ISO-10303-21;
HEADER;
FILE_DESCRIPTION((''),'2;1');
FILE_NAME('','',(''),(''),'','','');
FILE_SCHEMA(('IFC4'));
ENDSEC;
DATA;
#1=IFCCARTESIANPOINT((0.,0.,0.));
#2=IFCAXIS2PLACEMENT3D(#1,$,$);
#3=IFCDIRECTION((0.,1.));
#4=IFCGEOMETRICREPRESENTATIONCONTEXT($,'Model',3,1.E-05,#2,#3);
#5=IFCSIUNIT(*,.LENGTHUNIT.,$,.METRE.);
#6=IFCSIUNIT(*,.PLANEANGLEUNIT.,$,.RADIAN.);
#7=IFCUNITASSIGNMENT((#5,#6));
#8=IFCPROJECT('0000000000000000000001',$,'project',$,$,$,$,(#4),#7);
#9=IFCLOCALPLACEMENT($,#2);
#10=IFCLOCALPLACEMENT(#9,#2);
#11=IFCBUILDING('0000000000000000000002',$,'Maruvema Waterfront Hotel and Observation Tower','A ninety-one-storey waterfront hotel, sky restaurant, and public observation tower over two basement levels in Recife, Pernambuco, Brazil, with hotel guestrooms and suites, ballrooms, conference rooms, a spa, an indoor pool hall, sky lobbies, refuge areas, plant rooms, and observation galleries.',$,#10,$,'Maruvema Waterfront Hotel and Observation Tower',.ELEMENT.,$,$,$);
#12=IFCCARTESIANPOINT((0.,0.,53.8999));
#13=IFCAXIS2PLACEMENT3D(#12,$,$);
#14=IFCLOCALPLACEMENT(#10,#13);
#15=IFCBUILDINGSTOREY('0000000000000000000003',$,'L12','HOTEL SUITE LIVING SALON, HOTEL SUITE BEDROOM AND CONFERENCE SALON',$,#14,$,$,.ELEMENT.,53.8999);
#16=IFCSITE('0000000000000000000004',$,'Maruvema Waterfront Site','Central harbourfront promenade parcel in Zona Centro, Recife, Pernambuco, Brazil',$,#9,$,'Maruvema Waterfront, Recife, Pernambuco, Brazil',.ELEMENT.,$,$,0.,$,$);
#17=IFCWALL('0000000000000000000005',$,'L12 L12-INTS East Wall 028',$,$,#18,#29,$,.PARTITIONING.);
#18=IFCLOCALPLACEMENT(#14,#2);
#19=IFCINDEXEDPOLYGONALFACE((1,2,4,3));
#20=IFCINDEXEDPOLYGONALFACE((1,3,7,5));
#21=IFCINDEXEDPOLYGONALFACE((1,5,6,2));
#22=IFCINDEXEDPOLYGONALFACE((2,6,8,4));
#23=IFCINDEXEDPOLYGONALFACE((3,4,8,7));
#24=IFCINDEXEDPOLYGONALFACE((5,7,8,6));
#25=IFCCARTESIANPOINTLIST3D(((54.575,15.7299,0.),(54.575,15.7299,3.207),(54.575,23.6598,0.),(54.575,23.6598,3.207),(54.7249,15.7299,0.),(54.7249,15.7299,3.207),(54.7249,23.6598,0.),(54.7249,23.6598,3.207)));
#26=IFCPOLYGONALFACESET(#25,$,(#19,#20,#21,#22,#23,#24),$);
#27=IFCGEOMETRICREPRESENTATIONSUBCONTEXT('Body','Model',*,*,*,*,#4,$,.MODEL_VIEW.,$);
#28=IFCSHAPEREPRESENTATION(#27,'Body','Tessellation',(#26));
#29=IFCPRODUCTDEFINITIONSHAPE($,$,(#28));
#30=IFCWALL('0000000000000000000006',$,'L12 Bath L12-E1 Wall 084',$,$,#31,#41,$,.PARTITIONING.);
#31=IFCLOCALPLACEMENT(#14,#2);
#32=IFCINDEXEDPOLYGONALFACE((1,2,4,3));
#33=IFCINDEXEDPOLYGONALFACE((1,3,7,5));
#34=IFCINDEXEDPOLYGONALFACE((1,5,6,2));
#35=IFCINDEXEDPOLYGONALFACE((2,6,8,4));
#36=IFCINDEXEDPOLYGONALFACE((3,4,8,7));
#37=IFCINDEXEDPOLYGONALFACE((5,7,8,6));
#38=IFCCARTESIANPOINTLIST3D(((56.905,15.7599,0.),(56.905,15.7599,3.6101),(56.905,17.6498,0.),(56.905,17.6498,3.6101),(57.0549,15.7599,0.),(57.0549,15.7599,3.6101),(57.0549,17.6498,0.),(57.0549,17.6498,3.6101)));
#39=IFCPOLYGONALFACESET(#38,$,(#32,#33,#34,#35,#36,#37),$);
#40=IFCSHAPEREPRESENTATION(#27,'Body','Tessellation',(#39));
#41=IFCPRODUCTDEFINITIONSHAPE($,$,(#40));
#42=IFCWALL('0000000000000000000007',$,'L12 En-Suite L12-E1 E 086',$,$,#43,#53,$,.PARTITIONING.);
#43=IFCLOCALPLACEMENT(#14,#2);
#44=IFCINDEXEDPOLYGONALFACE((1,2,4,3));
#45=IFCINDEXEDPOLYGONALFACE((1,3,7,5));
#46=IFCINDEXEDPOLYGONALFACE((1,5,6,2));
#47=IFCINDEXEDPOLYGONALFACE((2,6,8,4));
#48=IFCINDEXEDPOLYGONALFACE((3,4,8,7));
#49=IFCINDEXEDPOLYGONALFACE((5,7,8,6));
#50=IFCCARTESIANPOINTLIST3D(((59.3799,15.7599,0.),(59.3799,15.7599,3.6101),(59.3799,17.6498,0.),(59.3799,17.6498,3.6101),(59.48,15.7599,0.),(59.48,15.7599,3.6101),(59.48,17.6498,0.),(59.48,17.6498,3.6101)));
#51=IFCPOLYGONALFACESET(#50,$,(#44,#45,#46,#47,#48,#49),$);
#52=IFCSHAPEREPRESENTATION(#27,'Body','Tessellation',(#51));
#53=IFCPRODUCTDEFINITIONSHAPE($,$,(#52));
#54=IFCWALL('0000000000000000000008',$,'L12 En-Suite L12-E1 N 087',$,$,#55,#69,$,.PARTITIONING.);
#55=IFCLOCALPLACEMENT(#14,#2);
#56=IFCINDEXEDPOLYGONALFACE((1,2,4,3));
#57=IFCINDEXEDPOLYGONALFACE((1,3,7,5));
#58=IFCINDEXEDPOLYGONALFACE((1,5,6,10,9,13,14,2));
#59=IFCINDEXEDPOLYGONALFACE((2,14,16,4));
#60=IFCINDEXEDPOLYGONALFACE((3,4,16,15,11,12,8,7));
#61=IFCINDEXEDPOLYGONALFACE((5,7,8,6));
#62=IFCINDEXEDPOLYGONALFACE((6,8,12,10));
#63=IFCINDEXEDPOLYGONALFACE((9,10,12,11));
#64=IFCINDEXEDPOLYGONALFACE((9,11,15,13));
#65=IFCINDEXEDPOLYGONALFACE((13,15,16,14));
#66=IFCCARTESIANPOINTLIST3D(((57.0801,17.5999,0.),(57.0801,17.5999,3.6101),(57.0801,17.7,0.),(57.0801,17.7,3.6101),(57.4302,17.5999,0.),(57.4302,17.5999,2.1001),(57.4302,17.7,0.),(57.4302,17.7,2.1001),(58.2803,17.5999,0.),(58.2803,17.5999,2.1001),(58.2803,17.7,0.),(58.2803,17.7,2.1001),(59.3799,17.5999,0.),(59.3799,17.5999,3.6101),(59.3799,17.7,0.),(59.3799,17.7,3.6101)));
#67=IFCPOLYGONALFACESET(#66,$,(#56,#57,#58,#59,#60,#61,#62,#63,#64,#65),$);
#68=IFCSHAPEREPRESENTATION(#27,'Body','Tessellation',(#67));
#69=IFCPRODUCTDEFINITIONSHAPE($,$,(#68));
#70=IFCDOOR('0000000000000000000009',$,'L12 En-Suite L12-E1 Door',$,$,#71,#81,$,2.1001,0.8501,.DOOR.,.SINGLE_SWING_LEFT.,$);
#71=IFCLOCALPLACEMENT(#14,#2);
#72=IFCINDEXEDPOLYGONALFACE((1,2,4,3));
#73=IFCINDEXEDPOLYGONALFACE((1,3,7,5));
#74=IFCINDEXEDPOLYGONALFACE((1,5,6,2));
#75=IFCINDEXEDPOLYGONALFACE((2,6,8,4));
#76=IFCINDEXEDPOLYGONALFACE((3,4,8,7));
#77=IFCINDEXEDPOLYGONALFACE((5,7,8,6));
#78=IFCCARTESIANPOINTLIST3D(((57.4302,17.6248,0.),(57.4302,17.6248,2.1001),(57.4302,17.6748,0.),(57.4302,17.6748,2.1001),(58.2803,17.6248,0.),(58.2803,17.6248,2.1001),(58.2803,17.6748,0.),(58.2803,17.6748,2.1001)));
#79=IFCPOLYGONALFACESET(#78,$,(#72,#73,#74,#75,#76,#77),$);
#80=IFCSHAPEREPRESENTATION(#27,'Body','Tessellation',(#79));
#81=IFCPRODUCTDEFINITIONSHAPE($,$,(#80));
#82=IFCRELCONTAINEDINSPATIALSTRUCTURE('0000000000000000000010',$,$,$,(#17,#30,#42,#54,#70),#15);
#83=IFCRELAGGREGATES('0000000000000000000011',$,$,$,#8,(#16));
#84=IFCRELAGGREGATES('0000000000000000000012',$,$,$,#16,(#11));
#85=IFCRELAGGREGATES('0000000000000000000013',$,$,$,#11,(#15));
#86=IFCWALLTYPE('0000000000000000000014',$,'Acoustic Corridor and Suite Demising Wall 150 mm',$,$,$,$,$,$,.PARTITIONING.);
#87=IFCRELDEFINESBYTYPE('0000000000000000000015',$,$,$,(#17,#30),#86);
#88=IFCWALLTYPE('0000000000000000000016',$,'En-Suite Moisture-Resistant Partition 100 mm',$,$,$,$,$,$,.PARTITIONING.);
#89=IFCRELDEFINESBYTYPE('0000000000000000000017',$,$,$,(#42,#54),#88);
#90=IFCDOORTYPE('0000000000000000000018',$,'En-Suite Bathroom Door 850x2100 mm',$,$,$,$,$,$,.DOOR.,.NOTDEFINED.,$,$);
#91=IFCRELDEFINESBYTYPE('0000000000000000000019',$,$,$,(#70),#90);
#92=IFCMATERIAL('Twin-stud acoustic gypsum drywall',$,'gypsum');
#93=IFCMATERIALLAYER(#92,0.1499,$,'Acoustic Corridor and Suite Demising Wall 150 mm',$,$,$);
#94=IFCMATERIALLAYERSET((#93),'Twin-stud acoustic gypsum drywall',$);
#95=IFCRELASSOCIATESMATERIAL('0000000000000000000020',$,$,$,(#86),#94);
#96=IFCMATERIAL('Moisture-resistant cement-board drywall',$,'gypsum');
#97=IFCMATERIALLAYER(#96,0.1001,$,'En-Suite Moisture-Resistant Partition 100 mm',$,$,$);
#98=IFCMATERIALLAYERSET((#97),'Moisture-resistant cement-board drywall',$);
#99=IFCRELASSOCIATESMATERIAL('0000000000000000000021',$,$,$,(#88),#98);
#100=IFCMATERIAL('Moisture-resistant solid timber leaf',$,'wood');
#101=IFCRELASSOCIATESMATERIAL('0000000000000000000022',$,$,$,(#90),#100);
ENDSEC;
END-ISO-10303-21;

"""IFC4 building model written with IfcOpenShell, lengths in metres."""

from ifc_helpers import new_model, si_unit, direction, frame, frame_2d, origin, place, context, subcontext, project, spatial, rectangle, extrude, material, layer, layer_set, type_object, element, fill, save


model = new_model("IFC4")

# Units and contexts
model_context = context("Model", 3, precision=1e-05, world=origin(), true_north=direction((0.0, 1.0)))
body_context = subcontext(model_context, "Body", "Model", "MODEL_VIEW")
ifc_project = project(units=[si_unit("LENGTHUNIT", "METRE"), si_unit("PLANEANGLEUNIT", "RADIAN")], contexts=[model_context])

# Site, building, storey
site_placement = place(None, origin())
site = spatial("IfcSite", under=ifc_project, at=site_placement, Name="Maruvema Waterfront Site", Description="Central harbourfront promenade parcel in Zona Centro, Recife, Pernambuco, Brazil", LongName="Maruvema Waterfront, Recife, Pernambuco, Brazil", CompositionType="ELEMENT", RefElevation=0.0)
building_placement = place(site_placement, origin())
building = spatial("IfcBuilding", under=site, at=building_placement, Name="Maruvema Waterfront Hotel and Observation Tower", Description="A ninety-one-storey waterfront hotel, sky restaurant, and public observation tower over two basement levels in Recife, Pernambuco, Brazil, with hotel guestrooms and suites, ballrooms, conference rooms, a spa, an indoor pool hall, sky lobbies, refuge areas, plant rooms, and observation galleries.", LongName="Maruvema Waterfront Hotel and Observation Tower", CompositionType="ELEMENT")
storey_placement = place(building_placement, frame((0.0, 0.0, 53.8999)))
storey = spatial("IfcBuildingStorey", under=building, at=storey_placement, Name="L12", Description="HOTEL SUITE LIVING SALON, HOTEL SUITE BEDROOM AND CONFERENCE SALON", CompositionType="ELEMENT", Elevation=53.8999)

# Walls
ifc_material_1 = material(Name="Twin-stud acoustic gypsum drywall", Category="gypsum")
ifc_layer_1 = layer(ifc_material_1, 0.1499, Name="Acoustic Corridor and Suite Demising Wall 150 mm")
ifc_layer_set_1 = layer_set([ifc_layer_1], Name="Twin-stud acoustic gypsum drywall")
wall_type_1 = type_object("IfcWallType", Name="Acoustic Corridor and Suite Demising Wall 150 mm", PredefinedType="PARTITIONING", material=ifc_layer_set_1)
wall_1_placement = place(storey_placement, frame((54.6499, 15.73, 0.0), z_axis=(0.0, 0.0, 1.0), x_axis=(0.0, 1.0, 0.0)))
element("IfcWall", 1, at=wall_1_placement, inside=storey, type_object=wall_type_1, Name="L12 L12-INTS East Wall 028", PredefinedType="PARTITIONING", context=body_context, shape_type="SweptSolid", body=[
    extrude(rectangle(XDim=7.9299, YDim=0.1499, at=frame_2d((3.9648, 0.0))), origin(), (0.0, 0.0, 1.0), 3.207),
])
wall_2_placement = place(storey_placement, frame((56.98, 15.76, 0.0), z_axis=(0.0, 0.0, 1.0), x_axis=(0.0, 1.0, 0.0)))
element("IfcWall", 2, at=wall_2_placement, inside=storey, type_object=wall_type_1, Name="L12 Bath L12-E1 Wall 084", PredefinedType="PARTITIONING", context=body_context, shape_type="SweptSolid", body=[
    extrude(rectangle(XDim=1.8899, YDim=0.1499, at=frame_2d((0.9448, 0.0))), origin(), (0.0, 0.0, 1.0), 3.6101),
])

# Wall
ifc_material_2 = material(Name="Moisture-resistant cement-board drywall", Category="gypsum")
ifc_layer_2 = layer(ifc_material_2, 0.1001, Name="En-Suite Moisture-Resistant Partition 100 mm")
ifc_layer_set_2 = layer_set([ifc_layer_2], Name="Moisture-resistant cement-board drywall")
wall_type_2 = type_object("IfcWallType", Name="En-Suite Moisture-Resistant Partition 100 mm", PredefinedType="PARTITIONING", material=ifc_layer_set_2)
wall_3_placement = place(storey_placement, frame((59.4299, 15.76, 0.0), z_axis=(0.0, 0.0, 1.0), x_axis=(0.0, 1.0, 0.0)))
element("IfcWall", 3, at=wall_3_placement, inside=storey, type_object=wall_type_2, Name="L12 En-Suite L12-E1 E 086", PredefinedType="PARTITIONING", context=body_context, shape_type="SweptSolid", body=[
    extrude(rectangle(XDim=1.8899, YDim=0.1001, at=frame_2d((0.9448, 0.0))), origin(), (0.0, 0.0, 1.0), 3.6101),
])

# Wall, opening, door
wall_4_placement = place(storey_placement, frame((57.0801, 17.6499, 0.0), z_axis=(0.0, 0.0, 1.0), x_axis=(1.0, 0.0, 0.0)))
wall_4 = element("IfcWall", 4, at=wall_4_placement, inside=storey, type_object=wall_type_2, Name="L12 En-Suite L12-E1 N 087", PredefinedType="PARTITIONING", context=body_context, shape_type="SweptSolid", body=[
    extrude(rectangle(XDim=2.2998, YDim=0.1001, at=frame_2d((1.1499, 0.0))), origin(), (0.0, 0.0, 1.0), 3.6101),
])
opening_1_placement = place(wall_4_placement, frame((0.3501, 0.0, 0.0)))
opening_1 = element("IfcOpeningElement", 5, at=opening_1_placement, cuts=wall_4, PredefinedType="OPENING", context=body_context, shape_type="SweptSolid", body=[
    extrude(rectangle(XDim=0.8501, YDim=2.1001, at=frame_2d((0.425, 1.05))), frame((0.0, 0.0601, 0.0), z_axis=(0.0, -1.0, 0.0), x_axis=(1.0, 0.0, 0.0)), (0.0, 0.0, 1.0), 0.1201),
])
ifc_material_3 = material(Name="Moisture-resistant solid timber leaf", Category="wood")
door_type_1 = type_object("IfcDoorType", Name="En-Suite Bathroom Door 850x2100 mm", OperationType="NOTDEFINED", PredefinedType="DOOR", material=ifc_material_3)
door_1_placement = place(opening_1_placement, origin())
door_1 = element("IfcDoor", 6, at=door_1_placement, inside=storey, type_object=door_type_1, Name="L12 En-Suite L12-E1 Door", OperationType="SINGLE_SWING_LEFT", OverallHeight=2.1001, OverallWidth=0.8501, PredefinedType="DOOR", context=body_context, shape_type="SweptSolid", body=[
    extrude(rectangle(XDim=0.8501, YDim=2.1001, at=frame_2d((0.425, 1.05))), frame((0.0, 0.0249, 0.0), z_axis=(0.0, -1.0, 0.0), x_axis=(1.0, 0.0, 0.0)), (0.0, 0.0, 1.0), 0.05),
])
fill(opening_1, door_1)

save(model, "model.ifc")
